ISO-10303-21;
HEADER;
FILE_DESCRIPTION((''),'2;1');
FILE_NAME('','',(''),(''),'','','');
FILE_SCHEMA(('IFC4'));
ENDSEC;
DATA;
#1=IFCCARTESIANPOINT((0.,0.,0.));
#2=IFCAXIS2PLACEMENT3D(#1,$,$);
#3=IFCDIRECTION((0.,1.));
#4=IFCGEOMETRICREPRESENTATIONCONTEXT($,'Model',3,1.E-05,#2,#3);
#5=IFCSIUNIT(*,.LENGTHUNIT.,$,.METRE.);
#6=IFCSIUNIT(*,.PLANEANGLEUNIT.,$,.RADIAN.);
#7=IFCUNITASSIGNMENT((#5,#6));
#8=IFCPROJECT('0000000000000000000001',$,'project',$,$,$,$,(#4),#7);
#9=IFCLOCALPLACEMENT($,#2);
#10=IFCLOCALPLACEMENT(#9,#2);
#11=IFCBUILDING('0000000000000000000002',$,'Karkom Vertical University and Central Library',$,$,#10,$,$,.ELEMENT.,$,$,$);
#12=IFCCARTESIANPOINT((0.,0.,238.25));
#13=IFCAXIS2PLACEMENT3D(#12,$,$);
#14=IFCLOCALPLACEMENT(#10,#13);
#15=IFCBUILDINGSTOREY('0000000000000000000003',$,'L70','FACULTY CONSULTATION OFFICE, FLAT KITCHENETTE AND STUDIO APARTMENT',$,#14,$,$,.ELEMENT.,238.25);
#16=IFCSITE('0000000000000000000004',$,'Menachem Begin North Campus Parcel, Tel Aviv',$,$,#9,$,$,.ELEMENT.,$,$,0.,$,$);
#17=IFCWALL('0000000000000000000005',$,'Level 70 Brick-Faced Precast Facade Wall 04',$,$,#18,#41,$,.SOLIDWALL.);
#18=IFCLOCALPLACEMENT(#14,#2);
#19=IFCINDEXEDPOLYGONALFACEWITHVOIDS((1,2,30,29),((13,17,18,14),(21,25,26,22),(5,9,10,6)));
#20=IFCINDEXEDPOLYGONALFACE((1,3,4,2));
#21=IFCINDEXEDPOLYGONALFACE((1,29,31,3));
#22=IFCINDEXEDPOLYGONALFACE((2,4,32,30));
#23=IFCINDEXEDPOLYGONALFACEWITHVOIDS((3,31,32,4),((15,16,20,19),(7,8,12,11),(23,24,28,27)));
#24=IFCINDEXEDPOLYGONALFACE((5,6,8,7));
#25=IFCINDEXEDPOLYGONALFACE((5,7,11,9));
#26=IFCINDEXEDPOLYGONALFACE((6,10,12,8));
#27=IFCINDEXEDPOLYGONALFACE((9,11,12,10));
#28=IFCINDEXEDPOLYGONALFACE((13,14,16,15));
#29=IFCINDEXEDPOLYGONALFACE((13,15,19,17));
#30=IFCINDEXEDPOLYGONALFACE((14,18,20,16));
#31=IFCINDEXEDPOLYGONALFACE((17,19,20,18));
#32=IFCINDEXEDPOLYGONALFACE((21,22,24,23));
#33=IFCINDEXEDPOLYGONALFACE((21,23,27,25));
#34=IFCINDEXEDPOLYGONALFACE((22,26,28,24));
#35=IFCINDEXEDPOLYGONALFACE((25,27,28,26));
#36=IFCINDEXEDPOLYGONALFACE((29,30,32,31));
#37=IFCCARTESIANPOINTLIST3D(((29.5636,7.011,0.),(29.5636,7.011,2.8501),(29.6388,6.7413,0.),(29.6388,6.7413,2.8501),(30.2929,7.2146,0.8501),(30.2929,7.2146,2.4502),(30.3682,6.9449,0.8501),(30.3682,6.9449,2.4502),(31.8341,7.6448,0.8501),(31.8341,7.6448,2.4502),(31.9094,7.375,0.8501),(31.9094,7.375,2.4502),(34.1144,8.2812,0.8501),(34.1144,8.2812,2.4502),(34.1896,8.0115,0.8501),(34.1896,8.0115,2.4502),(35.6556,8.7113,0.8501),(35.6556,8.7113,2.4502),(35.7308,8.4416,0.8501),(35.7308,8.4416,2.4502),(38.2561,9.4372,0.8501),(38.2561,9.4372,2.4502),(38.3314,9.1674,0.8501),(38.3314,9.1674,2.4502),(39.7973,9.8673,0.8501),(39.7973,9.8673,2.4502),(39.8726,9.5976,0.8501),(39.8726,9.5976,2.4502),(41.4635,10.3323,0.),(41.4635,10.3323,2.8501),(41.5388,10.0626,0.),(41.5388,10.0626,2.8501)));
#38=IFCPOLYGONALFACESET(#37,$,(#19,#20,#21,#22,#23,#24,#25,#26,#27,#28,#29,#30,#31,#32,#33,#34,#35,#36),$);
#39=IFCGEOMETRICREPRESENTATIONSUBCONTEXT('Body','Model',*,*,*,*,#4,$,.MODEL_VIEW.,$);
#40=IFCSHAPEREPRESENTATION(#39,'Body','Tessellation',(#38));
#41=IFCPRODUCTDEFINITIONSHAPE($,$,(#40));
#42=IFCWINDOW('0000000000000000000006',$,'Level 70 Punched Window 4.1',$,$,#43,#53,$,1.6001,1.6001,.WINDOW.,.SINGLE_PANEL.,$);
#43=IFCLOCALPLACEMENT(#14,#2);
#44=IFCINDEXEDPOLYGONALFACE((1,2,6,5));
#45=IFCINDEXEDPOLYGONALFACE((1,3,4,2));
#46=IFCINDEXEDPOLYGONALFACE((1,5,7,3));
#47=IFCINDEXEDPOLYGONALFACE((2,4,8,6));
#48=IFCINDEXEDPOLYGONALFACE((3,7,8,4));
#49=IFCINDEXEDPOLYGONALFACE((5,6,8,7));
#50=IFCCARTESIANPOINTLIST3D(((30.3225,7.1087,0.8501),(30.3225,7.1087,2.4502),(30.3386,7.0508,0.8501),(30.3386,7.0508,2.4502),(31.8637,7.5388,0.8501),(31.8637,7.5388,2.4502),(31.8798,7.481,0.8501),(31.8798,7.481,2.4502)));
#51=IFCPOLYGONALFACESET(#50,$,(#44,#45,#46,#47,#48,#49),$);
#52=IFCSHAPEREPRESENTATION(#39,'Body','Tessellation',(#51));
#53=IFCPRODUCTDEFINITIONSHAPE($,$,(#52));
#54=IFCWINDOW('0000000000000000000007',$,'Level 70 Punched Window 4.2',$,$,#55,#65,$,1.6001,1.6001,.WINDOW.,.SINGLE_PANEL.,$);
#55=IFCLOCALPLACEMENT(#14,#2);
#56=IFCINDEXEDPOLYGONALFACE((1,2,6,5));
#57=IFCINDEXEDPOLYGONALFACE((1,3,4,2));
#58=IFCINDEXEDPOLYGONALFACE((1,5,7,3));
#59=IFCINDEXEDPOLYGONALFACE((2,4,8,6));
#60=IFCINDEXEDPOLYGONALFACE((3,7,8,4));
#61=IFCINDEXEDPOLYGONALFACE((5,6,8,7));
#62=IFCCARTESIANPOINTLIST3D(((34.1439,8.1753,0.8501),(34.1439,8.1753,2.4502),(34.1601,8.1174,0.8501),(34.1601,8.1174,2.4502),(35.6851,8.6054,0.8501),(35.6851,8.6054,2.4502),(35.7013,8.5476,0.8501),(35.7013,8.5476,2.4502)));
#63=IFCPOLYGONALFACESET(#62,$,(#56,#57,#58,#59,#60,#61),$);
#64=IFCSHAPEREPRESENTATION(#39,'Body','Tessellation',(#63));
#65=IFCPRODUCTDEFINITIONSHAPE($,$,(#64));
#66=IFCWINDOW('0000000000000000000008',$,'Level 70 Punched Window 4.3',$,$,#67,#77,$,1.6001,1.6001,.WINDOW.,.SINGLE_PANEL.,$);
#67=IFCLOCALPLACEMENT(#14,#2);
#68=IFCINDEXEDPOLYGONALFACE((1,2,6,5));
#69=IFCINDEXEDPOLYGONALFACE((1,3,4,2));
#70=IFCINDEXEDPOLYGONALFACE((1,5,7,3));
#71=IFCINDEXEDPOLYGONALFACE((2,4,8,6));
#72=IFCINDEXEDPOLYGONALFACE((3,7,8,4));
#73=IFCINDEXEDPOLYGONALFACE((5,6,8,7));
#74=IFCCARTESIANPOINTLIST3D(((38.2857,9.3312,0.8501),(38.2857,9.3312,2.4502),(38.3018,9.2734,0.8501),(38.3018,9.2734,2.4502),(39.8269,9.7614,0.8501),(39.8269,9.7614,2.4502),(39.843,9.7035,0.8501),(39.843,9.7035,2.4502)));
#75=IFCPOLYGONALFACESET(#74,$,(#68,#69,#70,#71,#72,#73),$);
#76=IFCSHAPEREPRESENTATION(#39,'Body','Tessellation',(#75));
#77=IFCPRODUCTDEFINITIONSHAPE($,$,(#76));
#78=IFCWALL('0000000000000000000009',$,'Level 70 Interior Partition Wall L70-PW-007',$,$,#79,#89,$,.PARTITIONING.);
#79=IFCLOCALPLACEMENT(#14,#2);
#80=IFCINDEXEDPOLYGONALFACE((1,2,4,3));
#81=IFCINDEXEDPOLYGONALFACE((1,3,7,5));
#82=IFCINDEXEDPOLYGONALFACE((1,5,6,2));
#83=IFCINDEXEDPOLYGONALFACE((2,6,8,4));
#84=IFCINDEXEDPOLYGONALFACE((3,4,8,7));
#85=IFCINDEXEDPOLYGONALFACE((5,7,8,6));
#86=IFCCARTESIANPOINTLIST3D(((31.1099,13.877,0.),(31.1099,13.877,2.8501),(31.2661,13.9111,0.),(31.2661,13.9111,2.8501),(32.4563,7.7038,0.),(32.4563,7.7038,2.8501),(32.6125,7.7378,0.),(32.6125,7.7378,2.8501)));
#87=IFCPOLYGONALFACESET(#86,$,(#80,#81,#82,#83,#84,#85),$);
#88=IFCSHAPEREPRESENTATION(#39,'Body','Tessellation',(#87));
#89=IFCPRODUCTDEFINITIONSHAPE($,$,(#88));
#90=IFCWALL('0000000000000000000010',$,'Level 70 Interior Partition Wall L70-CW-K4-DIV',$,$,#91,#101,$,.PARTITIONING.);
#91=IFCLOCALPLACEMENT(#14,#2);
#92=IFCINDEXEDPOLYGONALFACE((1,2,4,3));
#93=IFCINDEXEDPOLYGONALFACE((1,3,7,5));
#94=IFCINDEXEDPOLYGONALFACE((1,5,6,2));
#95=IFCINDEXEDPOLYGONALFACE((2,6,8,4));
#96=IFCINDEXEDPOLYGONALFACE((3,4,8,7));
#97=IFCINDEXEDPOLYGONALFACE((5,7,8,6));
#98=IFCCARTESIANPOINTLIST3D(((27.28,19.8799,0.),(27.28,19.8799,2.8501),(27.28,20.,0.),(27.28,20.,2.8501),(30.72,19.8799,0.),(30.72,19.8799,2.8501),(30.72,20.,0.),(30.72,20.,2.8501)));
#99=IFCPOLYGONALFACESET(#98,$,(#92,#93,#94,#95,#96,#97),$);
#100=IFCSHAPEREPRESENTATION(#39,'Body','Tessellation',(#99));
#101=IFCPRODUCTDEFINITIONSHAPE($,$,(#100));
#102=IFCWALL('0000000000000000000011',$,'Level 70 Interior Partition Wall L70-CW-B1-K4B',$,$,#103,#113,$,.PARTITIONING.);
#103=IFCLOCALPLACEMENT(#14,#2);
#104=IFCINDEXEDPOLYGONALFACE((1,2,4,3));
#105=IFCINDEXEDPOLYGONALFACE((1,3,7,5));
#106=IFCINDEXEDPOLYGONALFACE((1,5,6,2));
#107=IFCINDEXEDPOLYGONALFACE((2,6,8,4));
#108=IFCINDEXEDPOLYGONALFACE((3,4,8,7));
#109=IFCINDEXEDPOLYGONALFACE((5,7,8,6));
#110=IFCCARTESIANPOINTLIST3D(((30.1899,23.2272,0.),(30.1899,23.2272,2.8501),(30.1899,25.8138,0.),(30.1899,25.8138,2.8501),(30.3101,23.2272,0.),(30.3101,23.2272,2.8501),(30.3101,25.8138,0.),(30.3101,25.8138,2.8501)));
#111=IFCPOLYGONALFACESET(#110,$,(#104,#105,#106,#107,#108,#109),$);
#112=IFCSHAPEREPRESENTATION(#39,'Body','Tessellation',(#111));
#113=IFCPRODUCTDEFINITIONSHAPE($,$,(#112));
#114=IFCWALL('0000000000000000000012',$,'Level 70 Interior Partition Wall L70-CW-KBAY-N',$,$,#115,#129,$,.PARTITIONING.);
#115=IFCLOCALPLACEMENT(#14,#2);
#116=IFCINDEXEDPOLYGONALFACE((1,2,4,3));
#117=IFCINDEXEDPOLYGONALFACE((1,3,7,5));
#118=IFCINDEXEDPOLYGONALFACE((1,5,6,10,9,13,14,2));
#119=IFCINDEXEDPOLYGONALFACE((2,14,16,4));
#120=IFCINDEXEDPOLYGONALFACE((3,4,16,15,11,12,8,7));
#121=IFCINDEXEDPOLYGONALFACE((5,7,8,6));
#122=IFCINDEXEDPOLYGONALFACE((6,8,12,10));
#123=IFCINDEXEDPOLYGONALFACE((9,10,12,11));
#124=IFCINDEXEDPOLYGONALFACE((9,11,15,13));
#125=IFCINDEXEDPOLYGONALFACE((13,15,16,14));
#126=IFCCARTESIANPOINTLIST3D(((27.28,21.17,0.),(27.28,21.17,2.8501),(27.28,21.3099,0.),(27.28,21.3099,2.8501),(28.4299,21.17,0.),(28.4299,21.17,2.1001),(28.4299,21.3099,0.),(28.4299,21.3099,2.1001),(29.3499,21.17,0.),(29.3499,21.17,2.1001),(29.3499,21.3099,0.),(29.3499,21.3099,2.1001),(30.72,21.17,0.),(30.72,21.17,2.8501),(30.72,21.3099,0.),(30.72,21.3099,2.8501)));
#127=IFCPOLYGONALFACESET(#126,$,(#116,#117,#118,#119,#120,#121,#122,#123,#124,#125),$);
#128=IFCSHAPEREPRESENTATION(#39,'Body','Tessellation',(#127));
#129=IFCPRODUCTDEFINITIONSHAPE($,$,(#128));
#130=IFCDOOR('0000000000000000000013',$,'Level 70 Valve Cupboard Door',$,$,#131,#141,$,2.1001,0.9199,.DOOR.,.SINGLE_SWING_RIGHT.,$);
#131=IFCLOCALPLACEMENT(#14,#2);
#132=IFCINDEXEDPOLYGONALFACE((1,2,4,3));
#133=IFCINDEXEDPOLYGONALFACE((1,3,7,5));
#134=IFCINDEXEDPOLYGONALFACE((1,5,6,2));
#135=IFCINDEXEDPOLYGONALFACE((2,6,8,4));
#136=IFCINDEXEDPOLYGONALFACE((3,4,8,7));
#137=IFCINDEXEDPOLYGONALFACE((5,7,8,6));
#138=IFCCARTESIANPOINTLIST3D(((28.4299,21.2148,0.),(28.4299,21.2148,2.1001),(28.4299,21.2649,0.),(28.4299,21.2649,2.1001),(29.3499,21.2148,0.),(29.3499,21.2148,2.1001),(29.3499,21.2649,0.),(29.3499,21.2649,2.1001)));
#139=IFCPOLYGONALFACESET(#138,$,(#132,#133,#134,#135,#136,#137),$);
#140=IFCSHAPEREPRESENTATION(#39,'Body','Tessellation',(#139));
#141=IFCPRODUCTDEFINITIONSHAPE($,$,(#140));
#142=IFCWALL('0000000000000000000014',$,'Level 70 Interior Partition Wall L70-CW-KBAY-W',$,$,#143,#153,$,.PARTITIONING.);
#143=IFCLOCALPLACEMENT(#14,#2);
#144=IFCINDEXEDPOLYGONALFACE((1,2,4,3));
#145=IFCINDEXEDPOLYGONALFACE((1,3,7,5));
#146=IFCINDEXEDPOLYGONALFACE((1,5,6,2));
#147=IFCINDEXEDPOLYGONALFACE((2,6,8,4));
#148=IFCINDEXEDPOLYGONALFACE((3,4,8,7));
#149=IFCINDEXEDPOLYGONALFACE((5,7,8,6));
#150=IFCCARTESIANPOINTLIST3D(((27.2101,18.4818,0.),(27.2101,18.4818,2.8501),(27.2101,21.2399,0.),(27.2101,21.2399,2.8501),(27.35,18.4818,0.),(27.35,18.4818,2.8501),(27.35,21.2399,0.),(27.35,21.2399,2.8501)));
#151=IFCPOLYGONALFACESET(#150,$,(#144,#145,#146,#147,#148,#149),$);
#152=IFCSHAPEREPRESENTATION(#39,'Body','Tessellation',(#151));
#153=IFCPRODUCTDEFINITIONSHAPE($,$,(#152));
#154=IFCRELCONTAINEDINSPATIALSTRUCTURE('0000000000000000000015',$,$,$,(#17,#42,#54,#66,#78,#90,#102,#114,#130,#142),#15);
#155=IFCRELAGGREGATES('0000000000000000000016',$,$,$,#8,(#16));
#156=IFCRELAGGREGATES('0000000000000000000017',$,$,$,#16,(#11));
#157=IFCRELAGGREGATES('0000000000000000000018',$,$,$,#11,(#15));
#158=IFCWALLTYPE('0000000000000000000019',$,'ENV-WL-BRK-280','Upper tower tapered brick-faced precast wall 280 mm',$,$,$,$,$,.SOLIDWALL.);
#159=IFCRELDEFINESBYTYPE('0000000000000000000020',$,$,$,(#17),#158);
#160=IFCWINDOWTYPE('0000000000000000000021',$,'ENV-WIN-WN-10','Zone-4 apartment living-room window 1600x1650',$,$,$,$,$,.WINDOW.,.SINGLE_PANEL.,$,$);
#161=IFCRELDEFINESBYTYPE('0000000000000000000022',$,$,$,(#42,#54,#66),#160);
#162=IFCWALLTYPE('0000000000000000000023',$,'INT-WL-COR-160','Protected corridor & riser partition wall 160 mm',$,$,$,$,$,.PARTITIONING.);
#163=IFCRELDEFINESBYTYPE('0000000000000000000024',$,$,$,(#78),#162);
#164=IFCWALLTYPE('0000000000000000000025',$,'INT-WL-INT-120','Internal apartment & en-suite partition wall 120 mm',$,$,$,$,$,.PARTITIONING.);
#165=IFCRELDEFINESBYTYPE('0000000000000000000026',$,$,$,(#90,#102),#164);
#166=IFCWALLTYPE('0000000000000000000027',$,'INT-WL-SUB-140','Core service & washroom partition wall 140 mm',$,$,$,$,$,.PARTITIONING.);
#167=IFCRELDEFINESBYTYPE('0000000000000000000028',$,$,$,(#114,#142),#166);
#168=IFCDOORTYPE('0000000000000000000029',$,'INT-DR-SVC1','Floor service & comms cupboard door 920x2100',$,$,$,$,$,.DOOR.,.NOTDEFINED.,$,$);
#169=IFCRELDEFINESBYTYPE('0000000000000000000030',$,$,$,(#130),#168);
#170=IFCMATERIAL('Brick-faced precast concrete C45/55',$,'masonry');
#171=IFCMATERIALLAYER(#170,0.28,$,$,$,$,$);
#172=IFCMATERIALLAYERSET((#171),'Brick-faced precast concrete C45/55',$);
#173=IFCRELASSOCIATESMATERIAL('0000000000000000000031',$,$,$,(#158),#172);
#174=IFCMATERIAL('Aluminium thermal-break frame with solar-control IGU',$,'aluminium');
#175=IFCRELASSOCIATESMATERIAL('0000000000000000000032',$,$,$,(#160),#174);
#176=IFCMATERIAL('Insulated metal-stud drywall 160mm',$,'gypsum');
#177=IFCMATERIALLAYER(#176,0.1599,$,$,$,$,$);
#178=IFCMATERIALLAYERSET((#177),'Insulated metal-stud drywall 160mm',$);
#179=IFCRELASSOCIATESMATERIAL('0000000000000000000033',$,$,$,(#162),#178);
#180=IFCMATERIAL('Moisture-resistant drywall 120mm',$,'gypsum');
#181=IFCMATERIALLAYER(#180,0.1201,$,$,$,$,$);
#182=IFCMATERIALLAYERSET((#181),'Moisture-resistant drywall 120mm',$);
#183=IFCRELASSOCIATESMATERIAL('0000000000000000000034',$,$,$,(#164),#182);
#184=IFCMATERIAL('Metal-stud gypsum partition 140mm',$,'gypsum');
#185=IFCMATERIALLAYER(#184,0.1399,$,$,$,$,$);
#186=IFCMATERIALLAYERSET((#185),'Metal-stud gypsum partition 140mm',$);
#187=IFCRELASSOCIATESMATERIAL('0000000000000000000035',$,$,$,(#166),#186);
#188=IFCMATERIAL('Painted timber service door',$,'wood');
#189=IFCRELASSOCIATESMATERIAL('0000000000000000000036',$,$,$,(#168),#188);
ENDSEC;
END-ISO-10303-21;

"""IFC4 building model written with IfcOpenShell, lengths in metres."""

from ifc_helpers import new_model, si_unit, direction, frame, frame_2d, origin, origin_with_axes, place, context, subcontext, project, spatial, rectangle, extrude, source, transform, mapped, material, layer, layer_set, type_object, element, fill, save


model = new_model("IFC4")

# Units and contexts
model_context = context("Model", 3, precision=1e-05, world=origin(), true_north=direction((0.0, 1.0)))
body_context = subcontext(model_context, "Body", "Model", "MODEL_VIEW")
ifc_project = project(units=[si_unit("LENGTHUNIT", "METRE"), si_unit("PLANEANGLEUNIT", "RADIAN")], contexts=[model_context])

# Site, building, storey
site_placement = place(None, origin())
site = spatial("IfcSite", under=ifc_project, at=site_placement, Name="Menachem Begin North Campus Parcel, Tel Aviv", CompositionType="ELEMENT", RefElevation=0.0)
building_placement = place(site_placement, origin())
building = spatial("IfcBuilding", under=site, at=building_placement, Name="Karkom Vertical University and Central Library", CompositionType="ELEMENT")
storey_placement = place(building_placement, frame((0.0, 0.0, 238.25)))
storey = spatial("IfcBuildingStorey", under=building, at=storey_placement, Name="L70", Description="FACULTY CONSULTATION OFFICE, FLAT KITCHENETTE AND STUDIO APARTMENT", CompositionType="ELEMENT", Elevation=238.25)

# Wall, openings, windows
ifc_material_1 = material(Name="Brick-faced precast concrete C45/55", Category="masonry")
ifc_layer_1 = layer(ifc_material_1, 0.28)
ifc_layer_set_1 = layer_set([ifc_layer_1], Name="Brick-faced precast concrete C45/55")
wall_type_1 = type_object("IfcWallType", Name="ENV-WL-BRK-280", Description="Upper tower tapered brick-faced precast wall 280 mm", PredefinedType="SOLIDWALL", material=ifc_layer_set_1)
wall_1_placement = place(storey_placement, frame((29.6013, 6.8762, 0.0), z_axis=(0.0, 0.0, 1.0), x_axis=(0.963188, 0.268828, 0.0)))
wall_1 = element("IfcWall", 1, at=wall_1_placement, inside=storey, type_object=wall_type_1, Name="Level 70 Brick-Faced Precast Facade Wall 04", PredefinedType="SOLIDWALL", context=body_context, shape_type="SweptSolid", body=[
    extrude(rectangle(XDim=12.3547, YDim=0.28, at=frame_2d((6.1772, 0.0))), origin(), (0.0, 0.0, 1.0), 2.8501),
])
opening_1_placement = place(wall_1_placement, frame((0.7571, 0.0, 0.8501)))
opening_1 = element("IfcOpeningElement", 2, at=opening_1_placement, cuts=wall_1, PredefinedType="OPENING", context=body_context, shape_type="SweptSolid", body=[
    extrude(rectangle(XDim=1.6001, YDim=1.6001, at=frame_2d((0.8, 0.8))), frame((0.0, 0.1499, 0.0), z_axis=(0.0, -1.0, 0.0), x_axis=(1.0, 0.0, 0.0)), (0.0, 0.0, 1.0), 0.3),
])
opening_2_placement = place(wall_1_placement, frame((4.7246, 0.0, 0.8501)))
opening_2 = element("IfcOpeningElement", 3, at=opening_2_placement, cuts=wall_1, PredefinedType="OPENING", context=body_context, shape_type="SweptSolid", body=[
    extrude(rectangle(XDim=1.6001, YDim=1.6001, at=frame_2d((0.8, 0.8))), frame((0.0, 0.1499, 0.0), z_axis=(0.0, -1.0, 0.0), x_axis=(1.0, 0.0, 0.0)), (0.0, 0.0, 1.0), 0.3),
])
opening_3_placement = place(wall_1_placement, frame((9.0247, 0.0, 0.8501)))
opening_3 = element("IfcOpeningElement", 4, at=opening_3_placement, cuts=wall_1, PredefinedType="OPENING", context=body_context, shape_type="SweptSolid", body=[
    extrude(rectangle(XDim=1.6001, YDim=1.6001, at=frame_2d((0.8, 0.8))), frame((0.0, 0.1499, 0.0), z_axis=(0.0, -1.0, 0.0), x_axis=(1.0, 0.0, 0.0)), (0.0, 0.0, 1.0), 0.3),
])
ifc_material_2 = material(Name="Aluminium thermal-break frame with solar-control IGU", Category="aluminium")
window_type = type_object("IfcWindowType", Name="ENV-WIN-WN-10", Description="Zone-4 apartment living-room window 1600x1650", PartitioningType="SINGLE_PANEL", PredefinedType="WINDOW", material=ifc_material_2)
shared_shape_1 = source(origin_with_axes(), body_context, "Body", "SweptSolid", [
    extrude(rectangle(XDim=1.6001, YDim=1.6001, at=frame_2d((0.8, 0.8))), frame((0.0, 0.03, 0.0), z_axis=(0.0, -1.0, 0.0), x_axis=(1.0, 0.0, 0.0)), (0.0, 0.0, 1.0), 0.0601),
])
window_1_placement = place(opening_1_placement, origin())
window_1 = element("IfcWindow", 5, at=window_1_placement, inside=storey, type_object=window_type, Name="Level 70 Punched Window 4.1", OverallHeight=1.6001, OverallWidth=1.6001, PartitioningType="SINGLE_PANEL", PredefinedType="WINDOW", context=body_context, shape_type="MappedRepresentation", body=[
    mapped(shared_shape_1, transform((0.0, 0.0, 0.0), scale=1.0)),
])
fill(opening_1, window_1)
window_2_placement = place(opening_2_placement, origin())
window_2 = element("IfcWindow", 6, at=window_2_placement, inside=storey, type_object=window_type, Name="Level 70 Punched Window 4.2", OverallHeight=1.6001, OverallWidth=1.6001, PartitioningType="SINGLE_PANEL", PredefinedType="WINDOW", context=body_context, shape_type="MappedRepresentation", body=[
    mapped(shared_shape_1, transform((0.0, 0.0, 0.0), scale=1.0)),
])
fill(opening_2, window_2)
window_3_placement = place(opening_3_placement, origin())
window_3 = element("IfcWindow", 7, at=window_3_placement, inside=storey, type_object=window_type, Name="Level 70 Punched Window 4.3", OverallHeight=1.6001, OverallWidth=1.6001, PartitioningType="SINGLE_PANEL", PredefinedType="WINDOW", context=body_context, shape_type="MappedRepresentation", body=[
    mapped(shared_shape_1, transform((0.0, 0.0, 0.0), scale=1.0)),
])
fill(opening_3, window_3)

# Walls
ifc_material_3 = material(Name="Insulated metal-stud drywall 160mm", Category="gypsum")
ifc_layer_2 = layer(ifc_material_3, 0.1599)
ifc_layer_set_2 = layer_set([ifc_layer_2], Name="Insulated metal-stud drywall 160mm")
wall_type_2 = type_object("IfcWallType", Name="INT-WL-COR-160", Description="Protected corridor & riser partition wall 160 mm", PredefinedType="PARTITIONING", material=ifc_layer_set_2)
wall_2_placement = place(storey_placement, frame((31.188, 13.894, 0.0), z_axis=(0.0, 0.0, 1.0), x_axis=(0.213095, -0.977031, 0.0)))
element("IfcWall", 8, at=wall_2_placement, inside=storey, type_object=wall_type_2, Name="Level 70 Interior Partition Wall L70-PW-007", PredefinedType="PARTITIONING", context=body_context, shape_type="SweptSolid", body=[
    extrude(rectangle(XDim=6.3184, YDim=0.1599, at=frame_2d((3.1592, 0.0))), origin(), (0.0, 0.0, 1.0), 2.8501),
])
ifc_material_4 = material(Name="Moisture-resistant drywall 120mm", Category="gypsum")
ifc_layer_3 = layer(ifc_material_4, 0.1201)
ifc_layer_set_3 = layer_set([ifc_layer_3], Name="Moisture-resistant drywall 120mm")
wall_type_3 = type_object("IfcWallType", Name="INT-WL-INT-120", Description="Internal apartment & en-suite partition wall 120 mm", PredefinedType="PARTITIONING", material=ifc_layer_set_3)
wall_3_placement = place(storey_placement, frame((27.28, 19.9399, 0.0), z_axis=(0.0, 0.0, 1.0), x_axis=(1.0, 0.0, 0.0)))
element("IfcWall", 9, at=wall_3_placement, inside=storey, type_object=wall_type_3, Name="Level 70 Interior Partition Wall L70-CW-K4-DIV", PredefinedType="PARTITIONING", context=body_context, shape_type="SweptSolid", body=[
    extrude(rectangle(XDim=3.4399, YDim=0.1201, at=frame_2d((1.72, 0.0))), origin(), (0.0, 0.0, 1.0), 2.8501),
])
wall_4_placement = place(storey_placement, frame((30.25, 23.2271, 0.0), z_axis=(0.0, 0.0, 1.0), x_axis=(0.0, 1.0, 0.0)))
element("IfcWall", 10, at=wall_4_placement, inside=storey, type_object=wall_type_3, Name="Level 70 Interior Partition Wall L70-CW-B1-K4B", PredefinedType="PARTITIONING", context=body_context, shape_type="SweptSolid", body=[
    extrude(rectangle(XDim=2.5867, YDim=0.1201, at=frame_2d((1.2935, 0.0))), origin(), (0.0, 0.0, 1.0), 2.8501),
])

# Wall, opening, door
ifc_material_5 = material(Name="Metal-stud gypsum partition 140mm", Category="gypsum")
ifc_layer_4 = layer(ifc_material_5, 0.1399)
ifc_layer_set_4 = layer_set([ifc_layer_4], Name="Metal-stud gypsum partition 140mm")
wall_type_4 = type_object("IfcWallType", Name="INT-WL-SUB-140", Description="Core service & washroom partition wall 140 mm", PredefinedType="PARTITIONING", material=ifc_layer_set_4)
wall_5_placement = place(storey_placement, frame((27.28, 21.24, 0.0), z_axis=(0.0, 0.0, 1.0), x_axis=(1.0, 0.0, 0.0)))
wall_5 = element("IfcWall", 11, at=wall_5_placement, inside=storey, type_object=wall_type_4, Name="Level 70 Interior Partition Wall L70-CW-KBAY-N", PredefinedType="PARTITIONING", context=body_context, shape_type="SweptSolid", body=[
    extrude(rectangle(XDim=3.4399, YDim=0.1399, at=frame_2d((1.72, 0.0))), origin(), (0.0, 0.0, 1.0), 2.8501),
])
opening_4_placement = place(wall_5_placement, frame((1.1499, 0.0, 0.0)))
opening_4 = element("IfcOpeningElement", 12, at=opening_4_placement, cuts=wall_5, PredefinedType="OPENING", context=body_context, shape_type="SweptSolid", body=[
    extrude(rectangle(XDim=0.9199, YDim=2.1001, at=frame_2d((0.46, 1.05))), frame((0.0, 0.0801, 0.0), z_axis=(0.0, -1.0, 0.0), x_axis=(1.0, 0.0, 0.0)), (0.0, 0.0, 1.0), 0.1599),
])
ifc_material_6 = material(Name="Painted timber service door", Category="wood")
door_type_1 = type_object("IfcDoorType", Name="INT-DR-SVC1", Description="Floor service & comms cupboard door 920x2100", OperationType="NOTDEFINED", PredefinedType="DOOR", material=ifc_material_6)
shared_shape_2 = source(origin_with_axes(), body_context, "Body", "SweptSolid", [
    extrude(rectangle(XDim=0.9199, YDim=2.1001, at=frame_2d((0.46, 1.05))), frame((0.0, 0.0249, 0.0), z_axis=(0.0, -1.0, 0.0), x_axis=(1.0, 0.0, 0.0)), (0.0, 0.0, 1.0), 0.05),
])
door_1_placement = place(opening_4_placement, origin())
door_1 = element("IfcDoor", 13, at=door_1_placement, inside=storey, type_object=door_type_1, Name="Level 70 Valve Cupboard Door", OperationType="SINGLE_SWING_RIGHT", OverallHeight=2.1001, OverallWidth=0.9199, PredefinedType="DOOR", context=body_context, shape_type="MappedRepresentation", body=[
    mapped(shared_shape_2, transform((0.0, 0.0, 0.0), scale=1.0)),
])
fill(opening_4, door_1)

# Wall
wall_6_placement = place(storey_placement, frame((27.28, 18.4819, 0.0), z_axis=(0.0, 0.0, 1.0), x_axis=(0.0, 1.0, 0.0)))
element("IfcWall", 14, at=wall_6_placement, inside=storey, type_object=wall_type_4, Name="Level 70 Interior Partition Wall L70-CW-KBAY-W", PredefinedType="PARTITIONING", context=body_context, shape_type="SweptSolid", body=[
    extrude(rectangle(XDim=2.7581, YDim=0.1399, at=frame_2d((1.3789, 0.0))), origin(), (0.0, 0.0, 1.0), 2.8501),
])

save(model, "model.ifc")
